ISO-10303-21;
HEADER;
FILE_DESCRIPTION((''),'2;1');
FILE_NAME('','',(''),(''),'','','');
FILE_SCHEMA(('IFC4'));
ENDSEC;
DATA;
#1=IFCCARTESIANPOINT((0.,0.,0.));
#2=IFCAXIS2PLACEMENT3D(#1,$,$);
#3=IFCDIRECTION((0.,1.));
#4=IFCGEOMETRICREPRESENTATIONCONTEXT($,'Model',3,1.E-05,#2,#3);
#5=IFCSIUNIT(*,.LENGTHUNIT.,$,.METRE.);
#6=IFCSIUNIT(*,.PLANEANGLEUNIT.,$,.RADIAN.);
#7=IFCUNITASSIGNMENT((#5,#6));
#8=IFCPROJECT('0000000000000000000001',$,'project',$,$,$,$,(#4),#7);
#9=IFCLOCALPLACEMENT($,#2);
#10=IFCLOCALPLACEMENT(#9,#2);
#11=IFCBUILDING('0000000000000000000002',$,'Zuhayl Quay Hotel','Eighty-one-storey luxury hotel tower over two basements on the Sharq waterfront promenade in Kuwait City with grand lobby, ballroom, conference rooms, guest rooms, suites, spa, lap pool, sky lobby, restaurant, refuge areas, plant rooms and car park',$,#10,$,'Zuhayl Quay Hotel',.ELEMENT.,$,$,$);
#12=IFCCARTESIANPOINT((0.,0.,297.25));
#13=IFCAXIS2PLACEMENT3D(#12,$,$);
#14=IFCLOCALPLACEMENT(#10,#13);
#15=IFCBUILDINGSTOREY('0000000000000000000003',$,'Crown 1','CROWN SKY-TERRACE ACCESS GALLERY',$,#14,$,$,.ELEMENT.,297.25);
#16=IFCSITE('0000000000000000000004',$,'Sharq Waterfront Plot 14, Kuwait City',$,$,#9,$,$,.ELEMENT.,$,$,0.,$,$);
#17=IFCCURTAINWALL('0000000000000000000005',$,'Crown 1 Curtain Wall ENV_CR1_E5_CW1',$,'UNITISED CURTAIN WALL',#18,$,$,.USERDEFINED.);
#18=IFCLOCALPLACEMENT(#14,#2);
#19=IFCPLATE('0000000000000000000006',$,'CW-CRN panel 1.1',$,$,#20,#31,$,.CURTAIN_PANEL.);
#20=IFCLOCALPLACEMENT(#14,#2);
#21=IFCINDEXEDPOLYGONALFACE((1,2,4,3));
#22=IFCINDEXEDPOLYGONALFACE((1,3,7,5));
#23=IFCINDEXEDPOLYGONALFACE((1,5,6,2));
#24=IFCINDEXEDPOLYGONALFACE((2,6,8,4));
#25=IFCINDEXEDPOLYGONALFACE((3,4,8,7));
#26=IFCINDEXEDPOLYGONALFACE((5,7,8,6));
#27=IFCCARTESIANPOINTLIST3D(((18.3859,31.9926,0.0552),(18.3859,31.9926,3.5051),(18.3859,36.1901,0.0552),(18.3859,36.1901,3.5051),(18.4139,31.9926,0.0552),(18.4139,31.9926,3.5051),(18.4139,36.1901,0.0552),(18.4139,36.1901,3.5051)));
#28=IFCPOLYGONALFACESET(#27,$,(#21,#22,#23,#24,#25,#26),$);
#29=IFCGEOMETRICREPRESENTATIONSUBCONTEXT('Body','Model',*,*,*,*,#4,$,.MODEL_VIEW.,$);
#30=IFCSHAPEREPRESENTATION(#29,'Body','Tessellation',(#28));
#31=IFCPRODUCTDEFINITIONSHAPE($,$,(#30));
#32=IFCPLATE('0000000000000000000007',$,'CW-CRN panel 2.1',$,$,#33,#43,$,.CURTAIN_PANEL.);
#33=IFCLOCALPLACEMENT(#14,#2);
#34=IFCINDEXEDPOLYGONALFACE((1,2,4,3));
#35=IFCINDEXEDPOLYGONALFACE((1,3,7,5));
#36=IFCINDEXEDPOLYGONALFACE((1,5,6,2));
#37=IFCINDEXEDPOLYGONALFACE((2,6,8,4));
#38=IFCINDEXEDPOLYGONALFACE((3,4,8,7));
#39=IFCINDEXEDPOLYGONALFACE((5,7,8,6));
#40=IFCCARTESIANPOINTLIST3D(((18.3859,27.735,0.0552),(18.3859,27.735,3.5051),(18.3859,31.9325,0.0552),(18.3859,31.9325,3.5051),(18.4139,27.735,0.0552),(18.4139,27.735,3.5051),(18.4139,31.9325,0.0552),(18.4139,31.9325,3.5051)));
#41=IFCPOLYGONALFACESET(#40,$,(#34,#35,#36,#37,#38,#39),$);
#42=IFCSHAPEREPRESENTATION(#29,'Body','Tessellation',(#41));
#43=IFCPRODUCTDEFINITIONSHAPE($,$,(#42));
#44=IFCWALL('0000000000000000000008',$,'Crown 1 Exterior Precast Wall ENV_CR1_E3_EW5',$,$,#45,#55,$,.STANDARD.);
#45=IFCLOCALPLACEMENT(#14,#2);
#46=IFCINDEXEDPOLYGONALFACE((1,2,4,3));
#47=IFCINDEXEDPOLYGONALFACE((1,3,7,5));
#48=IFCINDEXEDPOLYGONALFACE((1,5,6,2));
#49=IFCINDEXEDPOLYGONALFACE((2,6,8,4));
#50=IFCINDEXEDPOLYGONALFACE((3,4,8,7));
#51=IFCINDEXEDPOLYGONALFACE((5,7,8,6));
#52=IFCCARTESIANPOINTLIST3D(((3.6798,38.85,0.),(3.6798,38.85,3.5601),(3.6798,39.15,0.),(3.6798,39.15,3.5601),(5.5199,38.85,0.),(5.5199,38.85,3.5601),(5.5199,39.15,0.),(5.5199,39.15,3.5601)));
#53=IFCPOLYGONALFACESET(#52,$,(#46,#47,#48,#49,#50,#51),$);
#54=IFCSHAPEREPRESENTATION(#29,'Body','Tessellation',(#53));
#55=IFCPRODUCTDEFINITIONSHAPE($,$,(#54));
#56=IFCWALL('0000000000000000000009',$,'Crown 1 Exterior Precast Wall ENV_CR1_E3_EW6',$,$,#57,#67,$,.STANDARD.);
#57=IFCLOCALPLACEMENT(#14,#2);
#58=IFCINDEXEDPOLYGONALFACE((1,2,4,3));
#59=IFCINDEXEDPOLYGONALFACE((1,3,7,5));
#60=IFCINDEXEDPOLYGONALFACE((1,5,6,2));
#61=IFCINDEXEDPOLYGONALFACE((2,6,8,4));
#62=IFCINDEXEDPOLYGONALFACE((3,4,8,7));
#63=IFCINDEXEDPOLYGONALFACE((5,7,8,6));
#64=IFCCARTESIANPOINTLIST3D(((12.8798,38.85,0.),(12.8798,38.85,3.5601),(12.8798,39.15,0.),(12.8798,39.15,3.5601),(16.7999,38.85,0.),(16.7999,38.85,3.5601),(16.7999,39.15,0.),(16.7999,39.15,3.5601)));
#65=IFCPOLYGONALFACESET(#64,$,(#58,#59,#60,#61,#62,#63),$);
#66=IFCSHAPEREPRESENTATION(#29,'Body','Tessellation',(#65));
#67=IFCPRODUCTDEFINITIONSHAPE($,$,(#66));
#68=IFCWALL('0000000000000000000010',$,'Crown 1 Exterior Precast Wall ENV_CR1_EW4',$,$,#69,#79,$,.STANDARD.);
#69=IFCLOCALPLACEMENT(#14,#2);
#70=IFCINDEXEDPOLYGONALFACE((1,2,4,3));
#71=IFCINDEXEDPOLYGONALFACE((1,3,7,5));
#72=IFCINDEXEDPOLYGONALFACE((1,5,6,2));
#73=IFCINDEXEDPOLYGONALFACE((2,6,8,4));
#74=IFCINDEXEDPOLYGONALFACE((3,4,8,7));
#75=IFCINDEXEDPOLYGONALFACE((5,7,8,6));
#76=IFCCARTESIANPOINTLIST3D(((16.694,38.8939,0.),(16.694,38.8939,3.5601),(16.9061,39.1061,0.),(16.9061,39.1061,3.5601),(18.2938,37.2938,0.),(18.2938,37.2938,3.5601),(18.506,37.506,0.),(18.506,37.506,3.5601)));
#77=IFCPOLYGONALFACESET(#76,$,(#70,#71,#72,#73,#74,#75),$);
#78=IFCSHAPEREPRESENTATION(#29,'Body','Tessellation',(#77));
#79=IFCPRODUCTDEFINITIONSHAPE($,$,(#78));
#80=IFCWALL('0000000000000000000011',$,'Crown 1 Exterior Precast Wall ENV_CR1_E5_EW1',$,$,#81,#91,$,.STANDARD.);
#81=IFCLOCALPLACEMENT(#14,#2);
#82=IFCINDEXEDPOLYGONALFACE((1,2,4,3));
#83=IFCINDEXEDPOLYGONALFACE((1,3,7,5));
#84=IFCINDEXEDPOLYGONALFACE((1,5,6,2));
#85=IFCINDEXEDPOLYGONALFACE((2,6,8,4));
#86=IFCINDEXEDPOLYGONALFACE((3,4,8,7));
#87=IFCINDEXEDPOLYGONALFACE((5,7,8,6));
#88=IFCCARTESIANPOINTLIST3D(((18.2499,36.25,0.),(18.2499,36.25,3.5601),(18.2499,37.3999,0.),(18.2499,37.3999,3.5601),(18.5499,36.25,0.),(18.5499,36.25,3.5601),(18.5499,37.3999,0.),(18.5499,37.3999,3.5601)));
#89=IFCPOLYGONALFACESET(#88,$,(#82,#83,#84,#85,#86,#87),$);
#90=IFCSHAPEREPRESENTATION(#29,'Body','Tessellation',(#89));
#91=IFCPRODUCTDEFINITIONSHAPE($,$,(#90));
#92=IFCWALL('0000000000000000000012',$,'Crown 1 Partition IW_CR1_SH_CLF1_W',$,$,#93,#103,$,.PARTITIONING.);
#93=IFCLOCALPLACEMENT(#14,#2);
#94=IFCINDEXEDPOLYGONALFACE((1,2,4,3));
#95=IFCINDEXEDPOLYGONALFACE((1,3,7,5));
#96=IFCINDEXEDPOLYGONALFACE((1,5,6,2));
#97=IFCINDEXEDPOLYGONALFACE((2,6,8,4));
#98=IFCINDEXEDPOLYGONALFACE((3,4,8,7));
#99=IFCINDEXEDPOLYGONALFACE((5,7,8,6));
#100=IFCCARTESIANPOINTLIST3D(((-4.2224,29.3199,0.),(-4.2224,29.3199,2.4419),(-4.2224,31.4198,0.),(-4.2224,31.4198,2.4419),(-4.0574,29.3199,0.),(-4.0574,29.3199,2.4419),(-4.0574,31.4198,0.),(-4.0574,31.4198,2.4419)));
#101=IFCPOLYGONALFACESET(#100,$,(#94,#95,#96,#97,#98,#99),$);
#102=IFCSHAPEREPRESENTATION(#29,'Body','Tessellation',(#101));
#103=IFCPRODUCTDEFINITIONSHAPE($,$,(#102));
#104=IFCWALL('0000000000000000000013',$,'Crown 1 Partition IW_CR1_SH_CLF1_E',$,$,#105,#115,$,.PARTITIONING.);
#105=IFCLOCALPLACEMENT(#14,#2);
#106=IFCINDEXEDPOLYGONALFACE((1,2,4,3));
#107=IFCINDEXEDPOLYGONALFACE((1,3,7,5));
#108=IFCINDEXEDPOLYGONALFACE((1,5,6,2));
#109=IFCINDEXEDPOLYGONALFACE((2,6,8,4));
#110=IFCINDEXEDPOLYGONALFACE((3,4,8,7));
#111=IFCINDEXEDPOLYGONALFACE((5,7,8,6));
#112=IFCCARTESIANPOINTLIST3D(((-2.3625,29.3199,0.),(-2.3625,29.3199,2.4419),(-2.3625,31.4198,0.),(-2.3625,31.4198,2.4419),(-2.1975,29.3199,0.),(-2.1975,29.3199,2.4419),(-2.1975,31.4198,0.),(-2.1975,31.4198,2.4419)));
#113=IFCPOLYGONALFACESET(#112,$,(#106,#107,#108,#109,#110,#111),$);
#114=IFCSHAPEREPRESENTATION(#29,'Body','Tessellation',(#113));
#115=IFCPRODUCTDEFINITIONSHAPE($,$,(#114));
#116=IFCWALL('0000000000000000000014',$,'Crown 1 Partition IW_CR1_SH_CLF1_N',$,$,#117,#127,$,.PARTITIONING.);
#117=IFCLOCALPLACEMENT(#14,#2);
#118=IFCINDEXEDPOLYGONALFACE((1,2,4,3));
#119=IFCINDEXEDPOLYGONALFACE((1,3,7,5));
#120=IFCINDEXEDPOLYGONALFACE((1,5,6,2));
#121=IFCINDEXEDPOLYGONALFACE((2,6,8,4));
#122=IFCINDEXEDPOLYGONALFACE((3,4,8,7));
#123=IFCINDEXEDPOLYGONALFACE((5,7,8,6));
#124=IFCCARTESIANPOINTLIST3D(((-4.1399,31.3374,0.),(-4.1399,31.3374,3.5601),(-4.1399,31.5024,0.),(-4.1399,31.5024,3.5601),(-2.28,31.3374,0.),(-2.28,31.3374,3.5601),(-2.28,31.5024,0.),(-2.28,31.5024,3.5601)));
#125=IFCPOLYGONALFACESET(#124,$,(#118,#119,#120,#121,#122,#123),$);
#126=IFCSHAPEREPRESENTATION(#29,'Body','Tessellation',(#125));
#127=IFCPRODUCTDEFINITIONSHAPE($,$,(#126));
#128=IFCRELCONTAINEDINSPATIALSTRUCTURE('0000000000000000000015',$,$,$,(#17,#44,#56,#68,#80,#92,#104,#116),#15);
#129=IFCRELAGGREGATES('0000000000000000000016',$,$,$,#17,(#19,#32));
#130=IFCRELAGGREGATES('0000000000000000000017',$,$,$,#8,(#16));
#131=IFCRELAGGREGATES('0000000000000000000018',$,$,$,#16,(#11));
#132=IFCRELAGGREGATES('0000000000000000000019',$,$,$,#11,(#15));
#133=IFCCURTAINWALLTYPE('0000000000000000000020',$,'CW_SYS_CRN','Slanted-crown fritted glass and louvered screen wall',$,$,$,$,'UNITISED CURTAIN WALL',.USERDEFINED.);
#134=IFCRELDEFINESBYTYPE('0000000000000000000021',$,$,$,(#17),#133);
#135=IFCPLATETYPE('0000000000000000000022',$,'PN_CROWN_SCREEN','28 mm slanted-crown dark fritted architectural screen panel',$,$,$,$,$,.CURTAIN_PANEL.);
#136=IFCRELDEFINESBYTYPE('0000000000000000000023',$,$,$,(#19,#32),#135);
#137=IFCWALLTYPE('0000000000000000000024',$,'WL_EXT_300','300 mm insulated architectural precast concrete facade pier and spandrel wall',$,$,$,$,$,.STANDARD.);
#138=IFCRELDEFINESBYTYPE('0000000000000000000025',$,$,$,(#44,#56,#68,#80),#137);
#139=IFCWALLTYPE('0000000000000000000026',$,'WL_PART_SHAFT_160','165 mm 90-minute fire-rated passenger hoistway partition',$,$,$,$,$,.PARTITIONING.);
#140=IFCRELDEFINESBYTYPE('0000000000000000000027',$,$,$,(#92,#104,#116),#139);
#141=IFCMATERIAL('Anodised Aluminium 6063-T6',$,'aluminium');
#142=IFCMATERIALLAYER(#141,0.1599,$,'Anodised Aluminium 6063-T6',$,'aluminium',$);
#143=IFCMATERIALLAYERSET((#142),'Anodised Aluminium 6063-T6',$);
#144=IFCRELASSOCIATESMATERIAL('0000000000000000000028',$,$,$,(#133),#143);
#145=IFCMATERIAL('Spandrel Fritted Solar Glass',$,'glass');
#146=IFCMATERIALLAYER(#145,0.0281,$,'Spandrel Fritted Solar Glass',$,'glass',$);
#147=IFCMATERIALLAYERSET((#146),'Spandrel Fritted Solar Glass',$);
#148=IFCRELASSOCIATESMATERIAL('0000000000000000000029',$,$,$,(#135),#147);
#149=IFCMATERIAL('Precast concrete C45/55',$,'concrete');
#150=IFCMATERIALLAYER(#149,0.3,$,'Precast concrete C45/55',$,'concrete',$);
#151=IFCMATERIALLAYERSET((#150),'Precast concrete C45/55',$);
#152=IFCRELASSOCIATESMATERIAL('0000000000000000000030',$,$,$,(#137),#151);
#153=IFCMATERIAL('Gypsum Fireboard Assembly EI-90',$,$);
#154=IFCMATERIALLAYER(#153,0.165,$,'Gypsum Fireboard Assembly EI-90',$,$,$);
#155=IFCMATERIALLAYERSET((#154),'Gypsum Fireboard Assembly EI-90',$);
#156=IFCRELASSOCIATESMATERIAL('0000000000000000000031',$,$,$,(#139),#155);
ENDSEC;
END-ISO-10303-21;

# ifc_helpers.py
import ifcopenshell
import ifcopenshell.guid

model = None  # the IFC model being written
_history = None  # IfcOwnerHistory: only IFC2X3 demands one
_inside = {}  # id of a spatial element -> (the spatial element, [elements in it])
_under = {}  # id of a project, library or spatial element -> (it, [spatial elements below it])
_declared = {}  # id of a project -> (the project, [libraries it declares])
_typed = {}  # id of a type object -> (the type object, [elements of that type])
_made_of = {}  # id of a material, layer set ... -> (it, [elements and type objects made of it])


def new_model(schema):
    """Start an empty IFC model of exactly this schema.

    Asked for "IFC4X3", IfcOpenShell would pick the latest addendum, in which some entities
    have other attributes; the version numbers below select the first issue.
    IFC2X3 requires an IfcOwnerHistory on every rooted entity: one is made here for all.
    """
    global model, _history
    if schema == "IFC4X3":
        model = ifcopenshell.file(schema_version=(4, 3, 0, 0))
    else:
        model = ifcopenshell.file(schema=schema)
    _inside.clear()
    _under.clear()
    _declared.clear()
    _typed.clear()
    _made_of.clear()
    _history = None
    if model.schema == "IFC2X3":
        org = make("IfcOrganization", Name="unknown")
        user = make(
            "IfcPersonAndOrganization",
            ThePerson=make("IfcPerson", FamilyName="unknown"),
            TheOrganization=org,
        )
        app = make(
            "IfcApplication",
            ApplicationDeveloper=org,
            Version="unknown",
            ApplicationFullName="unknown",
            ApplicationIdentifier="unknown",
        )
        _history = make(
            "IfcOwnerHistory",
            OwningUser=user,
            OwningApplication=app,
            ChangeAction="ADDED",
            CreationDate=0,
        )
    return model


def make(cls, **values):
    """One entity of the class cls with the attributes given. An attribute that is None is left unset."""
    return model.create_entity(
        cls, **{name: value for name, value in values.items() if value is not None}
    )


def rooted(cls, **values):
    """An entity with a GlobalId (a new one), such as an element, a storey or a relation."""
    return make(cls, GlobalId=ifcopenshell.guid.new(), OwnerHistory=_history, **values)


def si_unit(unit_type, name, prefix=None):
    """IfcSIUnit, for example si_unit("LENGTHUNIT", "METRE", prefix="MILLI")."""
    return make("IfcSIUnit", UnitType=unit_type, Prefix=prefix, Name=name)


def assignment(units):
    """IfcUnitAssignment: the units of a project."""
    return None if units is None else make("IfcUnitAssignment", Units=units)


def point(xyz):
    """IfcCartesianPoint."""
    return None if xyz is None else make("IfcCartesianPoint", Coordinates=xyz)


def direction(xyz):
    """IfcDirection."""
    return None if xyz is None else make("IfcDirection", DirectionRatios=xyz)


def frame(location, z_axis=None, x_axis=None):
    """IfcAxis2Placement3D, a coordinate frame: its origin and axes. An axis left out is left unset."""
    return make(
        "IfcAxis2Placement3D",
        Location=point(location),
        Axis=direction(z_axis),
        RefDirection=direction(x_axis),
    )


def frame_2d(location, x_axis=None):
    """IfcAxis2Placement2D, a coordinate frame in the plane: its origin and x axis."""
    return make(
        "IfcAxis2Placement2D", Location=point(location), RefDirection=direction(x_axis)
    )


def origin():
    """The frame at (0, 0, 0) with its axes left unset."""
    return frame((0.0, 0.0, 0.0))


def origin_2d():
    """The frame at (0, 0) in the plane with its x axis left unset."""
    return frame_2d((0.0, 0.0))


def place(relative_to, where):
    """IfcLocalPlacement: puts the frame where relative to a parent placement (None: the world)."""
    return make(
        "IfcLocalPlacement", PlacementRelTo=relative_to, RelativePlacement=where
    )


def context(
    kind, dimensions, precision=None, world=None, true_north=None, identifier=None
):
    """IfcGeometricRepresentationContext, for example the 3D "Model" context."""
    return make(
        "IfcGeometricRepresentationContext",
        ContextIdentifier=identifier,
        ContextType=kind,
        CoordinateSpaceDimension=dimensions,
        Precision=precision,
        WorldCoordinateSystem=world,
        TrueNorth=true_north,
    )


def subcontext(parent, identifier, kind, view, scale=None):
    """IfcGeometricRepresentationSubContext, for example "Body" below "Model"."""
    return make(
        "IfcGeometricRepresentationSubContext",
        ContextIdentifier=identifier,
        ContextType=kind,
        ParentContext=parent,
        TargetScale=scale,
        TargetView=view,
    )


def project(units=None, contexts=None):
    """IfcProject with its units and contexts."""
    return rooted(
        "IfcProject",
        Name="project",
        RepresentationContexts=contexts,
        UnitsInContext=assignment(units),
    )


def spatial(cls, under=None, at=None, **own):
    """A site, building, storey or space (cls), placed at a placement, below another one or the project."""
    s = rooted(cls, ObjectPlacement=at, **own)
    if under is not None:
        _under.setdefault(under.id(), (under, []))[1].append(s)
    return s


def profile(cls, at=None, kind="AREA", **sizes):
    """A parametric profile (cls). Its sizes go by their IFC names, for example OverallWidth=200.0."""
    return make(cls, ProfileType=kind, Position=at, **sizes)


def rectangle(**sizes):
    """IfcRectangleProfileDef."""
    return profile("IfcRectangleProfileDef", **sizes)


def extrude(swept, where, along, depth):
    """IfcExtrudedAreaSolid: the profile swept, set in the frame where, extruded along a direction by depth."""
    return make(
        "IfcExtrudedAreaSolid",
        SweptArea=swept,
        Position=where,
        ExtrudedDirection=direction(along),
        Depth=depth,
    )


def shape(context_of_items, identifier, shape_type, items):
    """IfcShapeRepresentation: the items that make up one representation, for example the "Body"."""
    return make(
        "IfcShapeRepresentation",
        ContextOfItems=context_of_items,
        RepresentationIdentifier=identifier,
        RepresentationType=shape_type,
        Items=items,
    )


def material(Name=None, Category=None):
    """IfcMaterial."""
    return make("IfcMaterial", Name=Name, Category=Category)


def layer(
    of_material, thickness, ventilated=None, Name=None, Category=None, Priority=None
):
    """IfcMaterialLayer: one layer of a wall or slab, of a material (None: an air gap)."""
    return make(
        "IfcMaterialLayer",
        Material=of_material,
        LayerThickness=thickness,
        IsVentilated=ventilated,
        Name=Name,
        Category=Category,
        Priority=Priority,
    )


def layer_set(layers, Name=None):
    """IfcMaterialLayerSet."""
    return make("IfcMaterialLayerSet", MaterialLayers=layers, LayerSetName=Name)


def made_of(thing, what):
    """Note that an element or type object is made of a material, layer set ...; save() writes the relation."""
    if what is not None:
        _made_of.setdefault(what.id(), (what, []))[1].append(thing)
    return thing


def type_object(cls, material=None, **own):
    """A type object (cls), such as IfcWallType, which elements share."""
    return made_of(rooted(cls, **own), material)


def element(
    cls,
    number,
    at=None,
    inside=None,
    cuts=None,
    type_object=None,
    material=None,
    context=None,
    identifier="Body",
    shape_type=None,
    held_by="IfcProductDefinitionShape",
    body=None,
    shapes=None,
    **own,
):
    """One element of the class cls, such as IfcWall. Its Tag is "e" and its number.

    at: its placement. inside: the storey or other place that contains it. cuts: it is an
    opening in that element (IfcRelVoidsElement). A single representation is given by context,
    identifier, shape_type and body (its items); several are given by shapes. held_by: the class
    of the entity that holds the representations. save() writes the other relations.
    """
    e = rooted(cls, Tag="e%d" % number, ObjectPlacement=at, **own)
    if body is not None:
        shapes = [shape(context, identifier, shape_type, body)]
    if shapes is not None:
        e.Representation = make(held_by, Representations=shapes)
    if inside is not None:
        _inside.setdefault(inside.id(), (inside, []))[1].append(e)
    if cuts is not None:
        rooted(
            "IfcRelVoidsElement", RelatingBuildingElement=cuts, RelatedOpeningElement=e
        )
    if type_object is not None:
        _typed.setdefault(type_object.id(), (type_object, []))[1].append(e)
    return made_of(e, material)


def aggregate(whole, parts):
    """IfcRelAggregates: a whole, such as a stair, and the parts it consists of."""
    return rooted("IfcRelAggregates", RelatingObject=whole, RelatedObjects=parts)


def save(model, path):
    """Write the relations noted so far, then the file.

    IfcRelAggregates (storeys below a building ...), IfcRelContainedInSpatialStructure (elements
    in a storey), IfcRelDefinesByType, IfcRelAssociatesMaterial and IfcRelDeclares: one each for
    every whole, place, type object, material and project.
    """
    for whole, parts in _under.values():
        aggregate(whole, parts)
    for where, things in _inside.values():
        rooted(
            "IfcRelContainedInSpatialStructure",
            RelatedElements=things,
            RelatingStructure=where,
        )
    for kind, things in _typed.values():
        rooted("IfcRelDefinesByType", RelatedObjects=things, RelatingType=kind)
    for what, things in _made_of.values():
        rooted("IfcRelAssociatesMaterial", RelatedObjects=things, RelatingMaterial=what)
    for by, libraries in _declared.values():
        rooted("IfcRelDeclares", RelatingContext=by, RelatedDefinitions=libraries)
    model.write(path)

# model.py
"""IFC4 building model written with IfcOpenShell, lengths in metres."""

from ifc_helpers import new_model, si_unit, direction, frame, frame_2d, origin, origin_2d, place, context, subcontext, project, spatial, rectangle, extrude, material, layer, layer_set, type_object, element, aggregate, save


model = new_model("IFC4")

# Units and contexts
model_context = context("Model", 3, precision=1e-05, world=origin(), true_north=direction((0.0, 1.0)))
body_context = subcontext(model_context, "Body", "Model", "MODEL_VIEW")
ifc_project = project(units=[si_unit("LENGTHUNIT", "METRE"), si_unit("PLANEANGLEUNIT", "RADIAN")], contexts=[model_context])

# Site, building, storey
site_placement = place(None, origin())
site = spatial("IfcSite", under=ifc_project, at=site_placement, Name="Sharq Waterfront Plot 14, Kuwait City", CompositionType="ELEMENT", RefElevation=0.0)
building_placement = place(site_placement, origin())
building = spatial("IfcBuilding", under=site, at=building_placement, Name="Zuhayl Quay Hotel", Description="Eighty-one-storey luxury hotel tower over two basements on the Sharq waterfront promenade in Kuwait City with grand lobby, ballroom, conference rooms, guest rooms, suites, spa, lap pool, sky lobby, restaurant, refuge areas, plant rooms and car park", LongName="Zuhayl Quay Hotel", CompositionType="ELEMENT")
storey_placement = place(building_placement, frame((0.0, 0.0, 297.25)))
storey = spatial("IfcBuildingStorey", under=building, at=storey_placement, Name="Crown 1", Description="CROWN SKY-TERRACE ACCESS GALLERY", CompositionType="ELEMENT", Elevation=297.25)

# Curtain wall
ifc_material_1 = material(Name="Anodised Aluminium 6063-T6", Category="aluminium")
ifc_layer_1 = layer(ifc_material_1, 0.1599, Name="Anodised Aluminium 6063-T6", Category="aluminium")
ifc_layer_set_1 = layer_set([ifc_layer_1], Name="Anodised Aluminium 6063-T6")
curtain_wall_type = type_object("IfcCurtainWallType", Name="CW_SYS_CRN", Description="Slanted-crown fritted glass and louvered screen wall", ElementType="UNITISED CURTAIN WALL", PredefinedType="USERDEFINED", material=ifc_layer_set_1)
curtain_wall_1_placement = place(storey_placement, origin())
curtain_wall_1 = element("IfcCurtainWall", 1, at=curtain_wall_1_placement, inside=storey, type_object=curtain_wall_type, Name="Crown 1 Curtain Wall ENV_CR1_E5_CW1", ObjectType="UNITISED CURTAIN WALL", PredefinedType="USERDEFINED")

# Plates
ifc_material_2 = material(Name="Spandrel Fritted Solar Glass", Category="glass")
ifc_layer_2 = layer(ifc_material_2, 0.0281, Name="Spandrel Fritted Solar Glass", Category="glass")
ifc_layer_set_2 = layer_set([ifc_layer_2], Name="Spandrel Fritted Solar Glass")
plate_type = type_object("IfcPlateType", Name="PN_CROWN_SCREEN", Description="28 mm slanted-crown dark fritted architectural screen panel", PredefinedType="CURTAIN_PANEL", material=ifc_layer_set_2)
plate_1_placement = place(storey_placement, frame((18.3999, 34.0913, 0.0552), z_axis=(0.0, 0.0, 1.0), x_axis=(0.0, -1.0, 0.0)))
plate_1 = element("IfcPlate", 2, at=plate_1_placement, type_object=plate_type, Name="CW-CRN panel 1.1", PredefinedType="CURTAIN_PANEL", context=body_context, shape_type="SweptSolid", body=[
    extrude(rectangle(XDim=4.1975, YDim=0.0281, at=origin_2d()), origin(), (0.0, 0.0, 1.0), 3.45),
])
plate_2_placement = place(storey_placement, frame((18.3999, 29.8337, 0.0552), z_axis=(0.0, 0.0, 1.0), x_axis=(0.0, -1.0, 0.0)))
plate_2 = element("IfcPlate", 3, at=plate_2_placement, type_object=plate_type, Name="CW-CRN panel 2.1", PredefinedType="CURTAIN_PANEL", context=body_context, shape_type="SweptSolid", body=[
    extrude(rectangle(XDim=4.1975, YDim=0.0281, at=origin_2d()), origin(), (0.0, 0.0, 1.0), 3.45),
])
aggregate(curtain_wall_1, [plate_1, plate_2])

# Walls
ifc_material_3 = material(Name="Precast concrete C45/55", Category="concrete")
ifc_layer_3 = layer(ifc_material_3, 0.3, Name="Precast concrete C45/55", Category="concrete")
ifc_layer_set_3 = layer_set([ifc_layer_3], Name="Precast concrete C45/55")
wall_type_1 = type_object("IfcWallType", Name="WL_EXT_300", Description="300 mm insulated architectural precast concrete facade pier and spandrel wall", PredefinedType="STANDARD", material=ifc_layer_set_3)
wall_1_placement = place(storey_placement, frame((3.6799, 39.0, 0.0), z_axis=(0.0, 0.0, 1.0), x_axis=(1.0, 0.0, 0.0)))
element("IfcWall", 4, at=wall_1_placement, inside=storey, type_object=wall_type_1, Name="Crown 1 Exterior Precast Wall ENV_CR1_E3_EW5", PredefinedType="STANDARD", context=body_context, shape_type="SweptSolid", body=[
    extrude(rectangle(XDim=1.8401, YDim=0.3, at=frame_2d((0.9199, 0.0))), origin(), (0.0, 0.0, 1.0), 3.5601),
])
wall_2_placement = place(storey_placement, frame((12.8799, 39.0, 0.0), z_axis=(0.0, 0.0, 1.0), x_axis=(1.0, 0.0, 0.0)))
element("IfcWall", 5, at=wall_2_placement, inside=storey, type_object=wall_type_1, Name="Crown 1 Exterior Precast Wall ENV_CR1_E3_EW6", PredefinedType="STANDARD", context=body_context, shape_type="SweptSolid", body=[
    extrude(rectangle(XDim=3.9202, YDim=0.3, at=frame_2d((1.96, 0.0))), origin(), (0.0, 0.0, 1.0), 3.5601),
])
wall_3_placement = place(storey_placement, frame((16.8, 39.0, 0.0), z_axis=(0.0, 0.0, 1.0), x_axis=(0.707053, -0.707161, 0.0)))
element("IfcWall", 6, at=wall_3_placement, inside=storey, type_object=wall_type_1, Name="Crown 1 Exterior Precast Wall ENV_CR1_EW4", PredefinedType="STANDARD", context=body_context, shape_type="SweptSolid", body=[
    extrude(rectangle(XDim=2.2627, YDim=0.3, at=frame_2d((1.1313, 0.0))), origin(), (0.0, 0.0, 1.0), 3.5601),
])
wall_4_placement = place(storey_placement, frame((18.3999, 37.3999, 0.0), z_axis=(0.0, 0.0, 1.0), x_axis=(0.0, -1.0, 0.0)))
element("IfcWall", 7, at=wall_4_placement, inside=storey, type_object=wall_type_1, Name="Crown 1 Exterior Precast Wall ENV_CR1_E5_EW1", PredefinedType="STANDARD", context=body_context, shape_type="SweptSolid", body=[
    extrude(rectangle(XDim=1.1499, YDim=0.3, at=frame_2d((0.575, 0.0))), origin(), (0.0, 0.0, 1.0), 3.5601),
])
ifc_material_4 = material(Name="Gypsum Fireboard Assembly EI-90")
ifc_layer_4 = layer(ifc_material_4, 0.165, Name="Gypsum Fireboard Assembly EI-90")
ifc_layer_set_4 = layer_set([ifc_layer_4], Name="Gypsum Fireboard Assembly EI-90")
wall_type_2 = type_object("IfcWallType", Name="WL_PART_SHAFT_160", Description="165 mm 90-minute fire-rated passenger hoistway partition", PredefinedType="PARTITIONING", material=ifc_layer_set_4)
for number, where, z_axis, x_axis, name in (
    (8, (-4.1399, 29.3201, 0.0), (0.0, 0.0, 1.0), (0.0, 1.0, 0.0), "Crown 1 Partition IW_CR1_SH_CLF1_W"),
    (9, (-2.28, 29.3201, 0.0), (0.0, 0.0, 1.0), (0.0, 1.0, 0.0), "Crown 1 Partition IW_CR1_SH_CLF1_E"),
):
    element("IfcWall", number, at=place(storey_placement, frame(where, z_axis=z_axis, x_axis=x_axis)), inside=storey, type_object=wall_type_2, Name=name, PredefinedType="PARTITIONING", context=body_context, shape_type="SweptSolid", body=[
        extrude(rectangle(XDim=2.0999, YDim=0.165, at=frame_2d((1.0498, 0.0))), origin(), (0.0, 0.0, 1.0), 2.4419),
    ])
wall_5_placement = place(storey_placement, frame((-4.1399, 31.4199, 0.0), z_axis=(0.0, 0.0, 1.0), x_axis=(1.0, 0.0, 0.0)))
element("IfcWall", 10, at=wall_5_placement, inside=storey, type_object=wall_type_2, Name="Crown 1 Partition IW_CR1_SH_CLF1_N", PredefinedType="PARTITIONING", context=body_context, shape_type="SweptSolid", body=[
    extrude(rectangle(XDim=1.8599, YDim=0.165, at=frame_2d((0.9299, 0.0))), origin(), (0.0, 0.0, 1.0), 3.5601),
])

save(model, "model.ifc")
